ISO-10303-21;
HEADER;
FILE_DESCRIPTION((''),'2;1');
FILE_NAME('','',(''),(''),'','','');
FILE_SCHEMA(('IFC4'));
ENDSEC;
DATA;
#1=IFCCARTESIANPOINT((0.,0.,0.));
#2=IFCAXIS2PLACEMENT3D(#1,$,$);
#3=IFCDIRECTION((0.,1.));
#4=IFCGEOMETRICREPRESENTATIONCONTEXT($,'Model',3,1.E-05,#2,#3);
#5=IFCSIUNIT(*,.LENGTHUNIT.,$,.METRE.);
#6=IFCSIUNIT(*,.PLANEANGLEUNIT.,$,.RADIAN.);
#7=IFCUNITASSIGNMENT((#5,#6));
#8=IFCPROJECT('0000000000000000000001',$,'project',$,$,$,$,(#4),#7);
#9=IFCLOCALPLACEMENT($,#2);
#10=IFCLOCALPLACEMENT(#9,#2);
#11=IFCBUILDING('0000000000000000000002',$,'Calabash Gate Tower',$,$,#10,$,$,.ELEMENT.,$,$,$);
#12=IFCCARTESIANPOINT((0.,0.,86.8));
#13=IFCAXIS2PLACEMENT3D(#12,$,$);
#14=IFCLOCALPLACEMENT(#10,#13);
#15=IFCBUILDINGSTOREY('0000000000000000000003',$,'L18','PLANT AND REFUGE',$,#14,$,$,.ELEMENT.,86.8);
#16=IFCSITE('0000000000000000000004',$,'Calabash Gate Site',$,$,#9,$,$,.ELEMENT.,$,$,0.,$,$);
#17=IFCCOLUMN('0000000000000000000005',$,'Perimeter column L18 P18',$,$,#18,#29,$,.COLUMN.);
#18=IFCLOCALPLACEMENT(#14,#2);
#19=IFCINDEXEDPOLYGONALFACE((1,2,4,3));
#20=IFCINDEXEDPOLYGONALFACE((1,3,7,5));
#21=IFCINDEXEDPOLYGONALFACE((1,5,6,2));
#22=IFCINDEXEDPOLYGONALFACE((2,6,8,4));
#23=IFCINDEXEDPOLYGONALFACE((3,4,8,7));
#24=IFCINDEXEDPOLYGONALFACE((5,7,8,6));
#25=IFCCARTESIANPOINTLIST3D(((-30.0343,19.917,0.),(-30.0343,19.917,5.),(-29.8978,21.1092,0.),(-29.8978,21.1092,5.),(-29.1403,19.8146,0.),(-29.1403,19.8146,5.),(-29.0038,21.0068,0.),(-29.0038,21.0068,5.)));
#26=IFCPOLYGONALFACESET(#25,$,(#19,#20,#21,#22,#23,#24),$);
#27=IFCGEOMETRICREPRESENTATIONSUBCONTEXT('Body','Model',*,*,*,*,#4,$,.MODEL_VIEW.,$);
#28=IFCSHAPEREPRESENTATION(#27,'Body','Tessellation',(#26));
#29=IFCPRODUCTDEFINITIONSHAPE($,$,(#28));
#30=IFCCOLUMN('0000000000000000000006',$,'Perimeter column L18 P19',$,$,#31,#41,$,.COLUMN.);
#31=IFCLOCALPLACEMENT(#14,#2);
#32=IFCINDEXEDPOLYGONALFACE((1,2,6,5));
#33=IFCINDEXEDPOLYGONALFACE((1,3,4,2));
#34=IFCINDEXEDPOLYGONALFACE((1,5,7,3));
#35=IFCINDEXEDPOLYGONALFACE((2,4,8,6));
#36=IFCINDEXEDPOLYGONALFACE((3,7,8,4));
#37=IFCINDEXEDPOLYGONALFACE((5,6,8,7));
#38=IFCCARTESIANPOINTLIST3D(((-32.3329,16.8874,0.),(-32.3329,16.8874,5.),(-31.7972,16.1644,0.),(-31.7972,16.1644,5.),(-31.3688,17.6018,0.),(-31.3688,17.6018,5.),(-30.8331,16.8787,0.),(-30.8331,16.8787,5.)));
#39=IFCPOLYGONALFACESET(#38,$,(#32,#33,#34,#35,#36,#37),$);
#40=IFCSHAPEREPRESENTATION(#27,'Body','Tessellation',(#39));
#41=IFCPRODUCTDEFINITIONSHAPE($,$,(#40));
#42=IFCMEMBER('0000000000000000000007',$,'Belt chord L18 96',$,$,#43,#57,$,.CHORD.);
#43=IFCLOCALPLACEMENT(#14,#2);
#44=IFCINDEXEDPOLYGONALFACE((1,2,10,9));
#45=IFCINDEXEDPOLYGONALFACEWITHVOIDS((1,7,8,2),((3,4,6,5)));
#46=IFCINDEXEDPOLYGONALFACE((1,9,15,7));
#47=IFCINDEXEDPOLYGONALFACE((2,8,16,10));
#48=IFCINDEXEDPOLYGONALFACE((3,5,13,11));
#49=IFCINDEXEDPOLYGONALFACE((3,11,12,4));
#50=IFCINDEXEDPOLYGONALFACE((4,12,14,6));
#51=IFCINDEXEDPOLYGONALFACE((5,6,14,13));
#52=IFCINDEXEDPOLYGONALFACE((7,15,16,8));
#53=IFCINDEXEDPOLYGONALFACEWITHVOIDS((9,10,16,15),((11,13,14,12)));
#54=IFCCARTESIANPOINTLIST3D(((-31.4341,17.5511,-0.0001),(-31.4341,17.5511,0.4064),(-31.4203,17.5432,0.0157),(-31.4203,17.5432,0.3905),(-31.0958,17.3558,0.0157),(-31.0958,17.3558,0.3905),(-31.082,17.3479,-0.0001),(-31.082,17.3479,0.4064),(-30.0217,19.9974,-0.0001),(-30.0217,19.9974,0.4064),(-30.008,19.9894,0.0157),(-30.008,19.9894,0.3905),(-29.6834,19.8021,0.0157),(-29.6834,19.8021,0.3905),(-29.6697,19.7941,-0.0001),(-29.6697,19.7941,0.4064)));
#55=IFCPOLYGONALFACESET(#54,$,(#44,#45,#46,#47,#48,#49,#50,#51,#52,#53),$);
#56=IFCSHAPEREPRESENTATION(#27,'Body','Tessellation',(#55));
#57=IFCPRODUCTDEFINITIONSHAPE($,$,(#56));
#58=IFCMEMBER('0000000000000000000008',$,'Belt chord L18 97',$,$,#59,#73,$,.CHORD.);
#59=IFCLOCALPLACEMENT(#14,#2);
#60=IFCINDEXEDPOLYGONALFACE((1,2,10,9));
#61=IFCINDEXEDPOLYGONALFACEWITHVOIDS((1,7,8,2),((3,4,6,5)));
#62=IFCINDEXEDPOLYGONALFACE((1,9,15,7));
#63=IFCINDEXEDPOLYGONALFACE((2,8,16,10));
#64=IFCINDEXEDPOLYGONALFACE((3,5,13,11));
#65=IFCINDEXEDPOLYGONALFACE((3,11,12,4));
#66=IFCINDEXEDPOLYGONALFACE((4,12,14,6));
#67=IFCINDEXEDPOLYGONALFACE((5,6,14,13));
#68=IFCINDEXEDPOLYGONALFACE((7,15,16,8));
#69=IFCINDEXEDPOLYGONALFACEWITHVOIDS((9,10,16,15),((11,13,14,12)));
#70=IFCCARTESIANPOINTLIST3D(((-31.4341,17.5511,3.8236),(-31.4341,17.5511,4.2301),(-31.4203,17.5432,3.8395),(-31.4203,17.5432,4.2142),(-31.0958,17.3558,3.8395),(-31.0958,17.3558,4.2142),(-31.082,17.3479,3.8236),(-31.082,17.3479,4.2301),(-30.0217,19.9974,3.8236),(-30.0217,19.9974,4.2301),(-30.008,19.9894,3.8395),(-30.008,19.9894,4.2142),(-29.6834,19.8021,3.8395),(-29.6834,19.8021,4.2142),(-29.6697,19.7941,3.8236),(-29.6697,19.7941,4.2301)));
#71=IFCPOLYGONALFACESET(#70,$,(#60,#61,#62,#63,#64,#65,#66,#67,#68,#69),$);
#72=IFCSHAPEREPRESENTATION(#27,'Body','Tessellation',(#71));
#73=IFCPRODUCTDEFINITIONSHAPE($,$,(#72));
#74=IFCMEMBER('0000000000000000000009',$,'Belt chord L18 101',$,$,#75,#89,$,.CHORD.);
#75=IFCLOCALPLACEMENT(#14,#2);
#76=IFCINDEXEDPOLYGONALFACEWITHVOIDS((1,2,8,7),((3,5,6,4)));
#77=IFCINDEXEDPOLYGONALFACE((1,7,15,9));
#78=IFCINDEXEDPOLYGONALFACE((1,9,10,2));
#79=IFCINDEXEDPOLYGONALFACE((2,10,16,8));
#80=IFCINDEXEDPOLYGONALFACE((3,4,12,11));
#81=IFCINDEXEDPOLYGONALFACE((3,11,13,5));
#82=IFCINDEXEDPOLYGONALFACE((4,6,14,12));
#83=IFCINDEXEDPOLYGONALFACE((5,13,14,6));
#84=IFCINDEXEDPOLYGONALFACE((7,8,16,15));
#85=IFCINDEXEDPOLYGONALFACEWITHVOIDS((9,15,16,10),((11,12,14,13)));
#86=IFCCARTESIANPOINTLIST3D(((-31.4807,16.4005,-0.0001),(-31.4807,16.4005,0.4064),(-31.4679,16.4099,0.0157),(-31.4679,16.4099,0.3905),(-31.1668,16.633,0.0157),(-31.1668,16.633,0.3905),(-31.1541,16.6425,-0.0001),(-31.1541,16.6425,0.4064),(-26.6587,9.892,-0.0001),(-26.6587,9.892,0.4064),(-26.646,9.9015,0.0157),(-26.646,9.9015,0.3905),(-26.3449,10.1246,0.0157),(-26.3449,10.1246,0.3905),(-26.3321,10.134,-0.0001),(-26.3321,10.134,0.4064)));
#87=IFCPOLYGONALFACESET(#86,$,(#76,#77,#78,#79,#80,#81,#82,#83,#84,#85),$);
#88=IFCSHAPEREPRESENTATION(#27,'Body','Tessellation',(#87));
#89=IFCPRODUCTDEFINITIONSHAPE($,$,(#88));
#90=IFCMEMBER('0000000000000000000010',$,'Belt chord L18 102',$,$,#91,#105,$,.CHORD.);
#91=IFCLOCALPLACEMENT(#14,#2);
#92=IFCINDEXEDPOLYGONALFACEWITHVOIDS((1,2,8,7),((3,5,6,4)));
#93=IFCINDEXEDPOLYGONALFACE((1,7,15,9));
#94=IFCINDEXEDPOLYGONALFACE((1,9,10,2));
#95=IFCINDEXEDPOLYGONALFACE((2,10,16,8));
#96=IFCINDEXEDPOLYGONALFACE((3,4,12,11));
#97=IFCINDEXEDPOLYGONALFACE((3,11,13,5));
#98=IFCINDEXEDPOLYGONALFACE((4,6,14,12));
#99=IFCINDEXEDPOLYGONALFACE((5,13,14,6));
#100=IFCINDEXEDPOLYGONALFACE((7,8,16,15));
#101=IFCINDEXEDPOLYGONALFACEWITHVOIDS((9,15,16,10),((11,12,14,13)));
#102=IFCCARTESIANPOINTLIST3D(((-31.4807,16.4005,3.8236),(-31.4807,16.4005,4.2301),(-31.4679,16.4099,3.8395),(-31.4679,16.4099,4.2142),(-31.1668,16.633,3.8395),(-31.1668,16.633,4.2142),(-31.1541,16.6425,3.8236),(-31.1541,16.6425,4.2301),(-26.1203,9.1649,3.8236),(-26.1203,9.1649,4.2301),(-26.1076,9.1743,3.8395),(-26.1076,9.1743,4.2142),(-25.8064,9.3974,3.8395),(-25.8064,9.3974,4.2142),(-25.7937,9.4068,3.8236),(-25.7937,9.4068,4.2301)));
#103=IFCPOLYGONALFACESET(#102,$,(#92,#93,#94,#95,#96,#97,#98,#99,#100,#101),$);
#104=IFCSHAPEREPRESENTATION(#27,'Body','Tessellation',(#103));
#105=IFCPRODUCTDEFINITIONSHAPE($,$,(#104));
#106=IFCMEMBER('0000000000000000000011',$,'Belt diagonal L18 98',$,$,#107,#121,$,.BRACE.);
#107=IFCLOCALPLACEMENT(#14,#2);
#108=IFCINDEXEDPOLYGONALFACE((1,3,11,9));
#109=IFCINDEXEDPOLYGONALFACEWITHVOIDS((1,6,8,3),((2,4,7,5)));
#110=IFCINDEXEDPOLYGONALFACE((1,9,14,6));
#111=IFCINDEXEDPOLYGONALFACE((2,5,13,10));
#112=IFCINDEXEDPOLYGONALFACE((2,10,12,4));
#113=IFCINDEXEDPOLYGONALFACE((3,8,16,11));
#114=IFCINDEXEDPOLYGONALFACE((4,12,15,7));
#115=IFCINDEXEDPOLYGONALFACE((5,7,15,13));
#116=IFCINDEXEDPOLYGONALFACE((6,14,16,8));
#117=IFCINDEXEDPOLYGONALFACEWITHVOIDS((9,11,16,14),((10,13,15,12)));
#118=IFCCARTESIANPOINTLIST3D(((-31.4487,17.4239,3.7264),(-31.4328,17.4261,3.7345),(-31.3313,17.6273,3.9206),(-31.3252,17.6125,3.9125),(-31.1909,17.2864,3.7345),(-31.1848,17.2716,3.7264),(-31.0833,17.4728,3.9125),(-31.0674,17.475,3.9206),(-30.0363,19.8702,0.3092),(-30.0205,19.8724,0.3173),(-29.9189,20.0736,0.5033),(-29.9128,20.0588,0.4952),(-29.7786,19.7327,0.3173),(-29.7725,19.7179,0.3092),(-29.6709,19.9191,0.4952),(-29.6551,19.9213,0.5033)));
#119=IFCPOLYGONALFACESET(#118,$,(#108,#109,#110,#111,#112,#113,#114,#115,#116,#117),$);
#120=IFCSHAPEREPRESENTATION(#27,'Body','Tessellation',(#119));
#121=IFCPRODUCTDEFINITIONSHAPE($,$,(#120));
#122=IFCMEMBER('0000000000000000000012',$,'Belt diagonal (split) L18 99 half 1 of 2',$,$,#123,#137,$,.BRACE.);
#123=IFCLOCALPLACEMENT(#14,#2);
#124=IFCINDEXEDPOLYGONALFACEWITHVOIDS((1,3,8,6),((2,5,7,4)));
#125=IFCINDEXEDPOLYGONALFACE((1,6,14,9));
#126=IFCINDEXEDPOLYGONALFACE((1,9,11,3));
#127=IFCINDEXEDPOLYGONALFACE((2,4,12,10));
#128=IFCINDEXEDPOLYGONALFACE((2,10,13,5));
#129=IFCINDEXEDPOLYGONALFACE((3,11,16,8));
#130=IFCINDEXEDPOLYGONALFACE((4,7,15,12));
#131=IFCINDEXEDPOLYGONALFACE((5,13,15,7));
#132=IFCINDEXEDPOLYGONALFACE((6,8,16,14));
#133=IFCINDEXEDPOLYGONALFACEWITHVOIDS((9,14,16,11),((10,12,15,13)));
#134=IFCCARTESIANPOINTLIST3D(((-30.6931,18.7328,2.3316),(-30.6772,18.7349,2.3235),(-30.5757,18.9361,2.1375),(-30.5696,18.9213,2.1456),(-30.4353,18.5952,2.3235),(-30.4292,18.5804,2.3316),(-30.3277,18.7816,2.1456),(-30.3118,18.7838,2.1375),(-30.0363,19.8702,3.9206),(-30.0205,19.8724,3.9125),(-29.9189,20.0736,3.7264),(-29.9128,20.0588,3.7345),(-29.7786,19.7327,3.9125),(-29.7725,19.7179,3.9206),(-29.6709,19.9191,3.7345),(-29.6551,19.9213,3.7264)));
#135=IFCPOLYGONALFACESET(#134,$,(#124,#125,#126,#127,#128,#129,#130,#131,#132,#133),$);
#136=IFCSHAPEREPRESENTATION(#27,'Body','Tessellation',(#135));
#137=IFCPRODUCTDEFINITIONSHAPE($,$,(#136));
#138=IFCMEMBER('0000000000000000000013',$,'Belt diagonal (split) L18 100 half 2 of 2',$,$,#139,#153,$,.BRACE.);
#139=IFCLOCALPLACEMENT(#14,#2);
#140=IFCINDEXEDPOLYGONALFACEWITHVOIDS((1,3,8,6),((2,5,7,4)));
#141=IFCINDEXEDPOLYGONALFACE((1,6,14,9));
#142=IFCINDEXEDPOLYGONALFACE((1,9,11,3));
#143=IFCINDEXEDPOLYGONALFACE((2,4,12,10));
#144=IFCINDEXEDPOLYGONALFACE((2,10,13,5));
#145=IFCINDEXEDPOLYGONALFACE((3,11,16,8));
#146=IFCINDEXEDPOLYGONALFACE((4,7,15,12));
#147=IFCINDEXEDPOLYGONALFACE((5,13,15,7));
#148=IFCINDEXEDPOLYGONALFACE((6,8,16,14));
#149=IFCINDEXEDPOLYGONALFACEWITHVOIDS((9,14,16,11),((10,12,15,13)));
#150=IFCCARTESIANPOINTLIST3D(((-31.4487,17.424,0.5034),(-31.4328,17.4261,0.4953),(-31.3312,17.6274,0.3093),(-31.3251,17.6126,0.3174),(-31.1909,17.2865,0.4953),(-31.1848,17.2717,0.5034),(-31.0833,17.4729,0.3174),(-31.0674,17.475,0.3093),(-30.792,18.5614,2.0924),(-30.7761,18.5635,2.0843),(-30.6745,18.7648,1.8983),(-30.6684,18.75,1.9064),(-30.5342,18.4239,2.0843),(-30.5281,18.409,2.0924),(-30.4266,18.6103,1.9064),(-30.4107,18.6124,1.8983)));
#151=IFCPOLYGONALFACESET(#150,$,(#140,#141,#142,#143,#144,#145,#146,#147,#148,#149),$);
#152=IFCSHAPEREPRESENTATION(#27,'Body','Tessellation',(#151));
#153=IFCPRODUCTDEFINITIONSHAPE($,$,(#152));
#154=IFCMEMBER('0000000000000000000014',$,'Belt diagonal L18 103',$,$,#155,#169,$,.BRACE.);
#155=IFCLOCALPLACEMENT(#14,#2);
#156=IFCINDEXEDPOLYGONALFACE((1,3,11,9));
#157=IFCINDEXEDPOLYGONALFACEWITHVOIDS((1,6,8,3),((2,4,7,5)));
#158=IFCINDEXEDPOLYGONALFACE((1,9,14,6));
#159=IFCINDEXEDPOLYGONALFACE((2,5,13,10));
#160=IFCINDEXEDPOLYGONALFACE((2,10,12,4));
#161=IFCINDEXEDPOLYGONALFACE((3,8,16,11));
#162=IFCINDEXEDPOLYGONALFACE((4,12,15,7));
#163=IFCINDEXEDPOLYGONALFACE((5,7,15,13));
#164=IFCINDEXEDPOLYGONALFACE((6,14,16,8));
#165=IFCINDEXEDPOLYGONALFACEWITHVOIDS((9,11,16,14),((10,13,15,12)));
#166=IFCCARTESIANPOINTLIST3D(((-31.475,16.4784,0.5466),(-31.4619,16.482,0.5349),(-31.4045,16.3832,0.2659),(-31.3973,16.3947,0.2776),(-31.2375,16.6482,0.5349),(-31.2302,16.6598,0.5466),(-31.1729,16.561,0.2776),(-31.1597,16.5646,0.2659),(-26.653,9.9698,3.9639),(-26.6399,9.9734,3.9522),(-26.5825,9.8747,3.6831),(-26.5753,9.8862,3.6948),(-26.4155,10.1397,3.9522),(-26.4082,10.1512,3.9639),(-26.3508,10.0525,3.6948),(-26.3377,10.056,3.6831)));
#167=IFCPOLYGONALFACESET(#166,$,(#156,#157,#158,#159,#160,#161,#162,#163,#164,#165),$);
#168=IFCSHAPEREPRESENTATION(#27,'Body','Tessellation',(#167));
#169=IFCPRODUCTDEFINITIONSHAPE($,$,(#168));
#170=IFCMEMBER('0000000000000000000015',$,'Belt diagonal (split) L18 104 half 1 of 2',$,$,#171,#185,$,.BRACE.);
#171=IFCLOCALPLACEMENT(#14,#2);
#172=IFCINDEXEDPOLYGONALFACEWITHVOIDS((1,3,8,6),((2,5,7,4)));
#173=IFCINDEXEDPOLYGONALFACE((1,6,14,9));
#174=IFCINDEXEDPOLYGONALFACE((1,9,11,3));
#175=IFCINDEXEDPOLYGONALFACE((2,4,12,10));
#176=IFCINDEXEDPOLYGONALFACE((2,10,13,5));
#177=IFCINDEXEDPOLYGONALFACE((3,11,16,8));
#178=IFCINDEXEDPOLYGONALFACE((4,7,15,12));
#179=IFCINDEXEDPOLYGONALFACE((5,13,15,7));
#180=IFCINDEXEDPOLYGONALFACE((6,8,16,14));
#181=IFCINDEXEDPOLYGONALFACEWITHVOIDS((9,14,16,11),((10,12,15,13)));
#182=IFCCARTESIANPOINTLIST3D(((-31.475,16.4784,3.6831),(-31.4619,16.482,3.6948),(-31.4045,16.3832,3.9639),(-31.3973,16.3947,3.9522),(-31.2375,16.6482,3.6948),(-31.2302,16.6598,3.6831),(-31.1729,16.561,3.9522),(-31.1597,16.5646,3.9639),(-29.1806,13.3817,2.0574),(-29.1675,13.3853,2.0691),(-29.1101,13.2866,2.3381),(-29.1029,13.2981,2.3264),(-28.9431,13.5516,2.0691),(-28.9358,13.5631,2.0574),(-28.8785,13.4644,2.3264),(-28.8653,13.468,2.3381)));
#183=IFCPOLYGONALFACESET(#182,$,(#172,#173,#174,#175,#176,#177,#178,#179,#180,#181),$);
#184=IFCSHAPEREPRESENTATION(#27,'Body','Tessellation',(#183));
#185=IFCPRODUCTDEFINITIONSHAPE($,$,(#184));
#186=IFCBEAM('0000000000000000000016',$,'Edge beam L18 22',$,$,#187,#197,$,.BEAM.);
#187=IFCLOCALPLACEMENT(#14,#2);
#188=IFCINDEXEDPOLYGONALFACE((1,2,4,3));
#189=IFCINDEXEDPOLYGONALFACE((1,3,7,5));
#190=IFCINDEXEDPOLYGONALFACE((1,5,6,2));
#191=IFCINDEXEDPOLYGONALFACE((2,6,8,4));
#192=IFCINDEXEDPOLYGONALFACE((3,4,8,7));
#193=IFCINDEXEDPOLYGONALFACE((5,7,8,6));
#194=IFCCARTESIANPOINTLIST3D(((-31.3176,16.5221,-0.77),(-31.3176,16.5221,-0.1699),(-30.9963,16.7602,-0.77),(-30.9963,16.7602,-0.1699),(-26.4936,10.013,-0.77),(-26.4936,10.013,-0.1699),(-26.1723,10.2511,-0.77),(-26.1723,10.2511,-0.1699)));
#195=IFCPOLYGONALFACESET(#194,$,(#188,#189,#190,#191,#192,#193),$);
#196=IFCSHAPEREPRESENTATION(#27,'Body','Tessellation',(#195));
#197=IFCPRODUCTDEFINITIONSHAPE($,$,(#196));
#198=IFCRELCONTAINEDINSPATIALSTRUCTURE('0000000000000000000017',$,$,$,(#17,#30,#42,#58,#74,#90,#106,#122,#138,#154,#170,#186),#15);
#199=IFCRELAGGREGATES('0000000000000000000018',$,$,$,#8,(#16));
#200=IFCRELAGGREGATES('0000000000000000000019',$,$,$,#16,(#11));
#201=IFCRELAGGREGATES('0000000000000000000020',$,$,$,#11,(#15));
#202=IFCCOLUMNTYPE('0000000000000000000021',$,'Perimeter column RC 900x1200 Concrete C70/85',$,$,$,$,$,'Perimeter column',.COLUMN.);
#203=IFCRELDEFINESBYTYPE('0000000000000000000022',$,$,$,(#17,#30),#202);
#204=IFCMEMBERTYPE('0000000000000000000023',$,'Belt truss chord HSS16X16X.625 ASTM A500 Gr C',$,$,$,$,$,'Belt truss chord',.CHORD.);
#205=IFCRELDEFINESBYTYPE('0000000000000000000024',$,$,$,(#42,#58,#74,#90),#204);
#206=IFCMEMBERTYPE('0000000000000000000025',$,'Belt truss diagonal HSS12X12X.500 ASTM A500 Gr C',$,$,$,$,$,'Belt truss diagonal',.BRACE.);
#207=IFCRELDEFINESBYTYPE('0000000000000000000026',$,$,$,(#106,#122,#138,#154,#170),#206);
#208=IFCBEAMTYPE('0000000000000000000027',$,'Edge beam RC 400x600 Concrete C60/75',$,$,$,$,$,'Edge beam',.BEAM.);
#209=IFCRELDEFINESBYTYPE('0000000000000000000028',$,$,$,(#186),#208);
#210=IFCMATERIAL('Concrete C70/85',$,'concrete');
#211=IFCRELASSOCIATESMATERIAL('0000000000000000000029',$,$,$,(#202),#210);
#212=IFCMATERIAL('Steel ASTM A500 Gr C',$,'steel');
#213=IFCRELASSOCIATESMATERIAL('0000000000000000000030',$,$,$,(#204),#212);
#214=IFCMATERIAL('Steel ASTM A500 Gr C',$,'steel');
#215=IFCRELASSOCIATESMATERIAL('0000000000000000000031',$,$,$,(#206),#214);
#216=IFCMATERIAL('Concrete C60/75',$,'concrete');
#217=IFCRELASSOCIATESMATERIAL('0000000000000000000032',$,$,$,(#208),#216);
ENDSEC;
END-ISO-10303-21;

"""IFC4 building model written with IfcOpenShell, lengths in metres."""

from ifc_helpers import new_model, si_unit, direction, frame, origin, origin_2d, place, context, subcontext, project, spatial, rectangle, hollow_rectangle, extrude, material, material_profile, profile_set, type_object, element, save


model = new_model("IFC4")

# Units and contexts
model_context = context("Model", 3, precision=1e-05, world=origin(), true_north=direction((0.0, 1.0)))
body_context = subcontext(model_context, "Body", "Model", "MODEL_VIEW")
ifc_project = project(units=[si_unit("LENGTHUNIT", "METRE"), si_unit("PLANEANGLEUNIT", "RADIAN")], contexts=[model_context])

# Site, building, storey
site_placement = place(None, origin())
site = spatial("IfcSite", under=ifc_project, at=site_placement, Name="Calabash Gate Site", CompositionType="ELEMENT", RefElevation=0.0)
building_placement = place(site_placement, origin())
building = spatial("IfcBuilding", under=site, at=building_placement, Name="Calabash Gate Tower", CompositionType="ELEMENT")
storey_placement = place(building_placement, frame((0.0, 0.0, 86.8)))
storey = spatial("IfcBuildingStorey", under=building, at=storey_placement, Name="L18", Description="PLANT AND REFUGE", CompositionType="ELEMENT", Elevation=86.8)

# Columns
ifc_material_1 = material(Name="Concrete C70/85", Category="concrete")
ifc_material_profile_1 = material_profile(ifc_material_1, rectangle(XDim=0.8999, YDim=1.2, at=origin_2d()))
ifc_profile_set_1 = profile_set([ifc_material_profile_1], Name="Concrete C70/85")
column_type = type_object("IfcColumnType", Name="Perimeter column RC 900x1200 Concrete C70/85", ElementType="Perimeter column", PredefinedType="COLUMN", material=ifc_profile_set_1)
for number, where, z_axis, x_axis, name in (
    (1, (-29.519, 20.4619, 0.0), (0.0, 0.0, 1.0), (-0.993506, 0.113777, 0.0), "Perimeter column L18 P18"),
    (2, (-31.583, 16.8831, 0.0), (0.0, 0.0, 1.0), (0.595287, -0.803513, 0.0), "Perimeter column L18 P19"),
):
    element("IfcColumn", number, at=place(storey_placement, frame(where, z_axis=z_axis, x_axis=x_axis)), inside=storey, type_object=column_type, Name=name, PredefinedType="COLUMN", context=body_context, shape_type="SweptSolid", body=[
        extrude(rectangle(XDim=0.8999, YDim=1.2, at=origin_2d()), origin(), (0.0, 0.0, 1.0), 5.0),
    ])

# Members
ifc_material_2 = material(Name="Steel ASTM A500 Gr C", Category="steel")
ifc_material_profile_2 = material_profile(ifc_material_2, hollow_rectangle(XDim=0.4065, YDim=0.4065, WallThickness=0.0159, at=origin_2d()))
ifc_profile_set_2 = profile_set([ifc_material_profile_2], Name="Steel ASTM A500 Gr C")
member_type_1 = type_object("IfcMemberType", Name="Belt truss chord HSS16X16X.625 ASTM A500 Gr C", ElementType="Belt truss chord", PredefinedType="CHORD", material=ifc_profile_set_2)
for number, where, z_axis, x_axis, name in (
    (3, (-29.8457, 19.8958, 0.2031), (-0.499997, -0.866027, 0.0), (0.866027, -0.499997, 0.0), "Belt chord L18 96"),
    (4, (-29.8457, 19.8958, 4.0269), (-0.499997, -0.866027, 0.0), (0.866027, -0.499997, 0.0), "Belt chord L18 97"),
):
    element("IfcMember", number, at=place(storey_placement, frame(where, z_axis=z_axis, x_axis=x_axis)), inside=storey, type_object=member_type_1, Name=name, PredefinedType="CHORD", context=body_context, shape_type="SweptSolid", body=[
        extrude(hollow_rectangle(XDim=0.4065, YDim=0.4065, WallThickness=0.0159, at=origin_2d()), origin(), (0.0, 0.0, 1.0), 2.8247),
    ])
member_1_placement = place(storey_placement, frame((-31.3174, 16.5215, 0.2031), z_axis=(0.595297, -0.803505, 0.0), x_axis=(0.803505, 0.595297, 0.0)))
element("IfcMember", 5, at=member_1_placement, inside=storey, type_object=member_type_1, Name="Belt chord L18 101", PredefinedType="CHORD", context=body_context, shape_type="SweptSolid", body=[
    extrude(hollow_rectangle(XDim=0.4065, YDim=0.4065, WallThickness=0.0159, at=origin_2d()), origin(), (0.0, 0.0, 1.0), 8.1001),
])
member_2_placement = place(storey_placement, frame((-31.3174, 16.5215, 4.0269), z_axis=(0.595274, -0.803523, 0.0), x_axis=(0.803523, 0.595274, 0.0)))
element("IfcMember", 6, at=member_2_placement, inside=storey, type_object=member_type_1, Name="Belt chord L18 102", PredefinedType="CHORD", context=body_context, shape_type="SweptSolid", body=[
    extrude(hollow_rectangle(XDim=0.4065, YDim=0.4065, WallThickness=0.0159, at=origin_2d()), origin(), (0.0, 0.0, 1.0), 9.0049),
])
ifc_material_3 = material(Name="Steel ASTM A500 Gr C", Category="steel")
ifc_material_profile_3 = material_profile(ifc_material_3, hollow_rectangle(XDim=0.3047, YDim=0.3047, WallThickness=0.0127, at=origin_2d()))
ifc_profile_set_3 = profile_set([ifc_material_profile_3], Name="Steel ASTM A500 Gr C")
member_type_2 = type_object("IfcMemberType", Name="Belt truss diagonal HSS12X12X.500 ASTM A500 Gr C", ElementType="Belt truss diagonal", PredefinedType="BRACE", material=ifc_profile_set_3)
member_3_placement = place(storey_placement, frame((-29.8457, 19.8958, 0.4062), z_axis=(-0.318559, -0.551765, 0.770763), x_axis=(0.866027, -0.499997, 0.0)))
element("IfcMember", 7, at=member_3_placement, inside=storey, type_object=member_type_2, Name="Belt diagonal L18 98", PredefinedType="BRACE", context=body_context, shape_type="SweptSolid", body=[
    extrude(hollow_rectangle(XDim=0.3047, YDim=0.3047, WallThickness=0.0127, at=origin_2d()), origin(), (0.0, 0.0, 1.0), 4.4336),
])
for number, where, z_axis, x_axis, name in (
    (8, (-29.8457, 19.8958, 3.8235), (-0.31858, -0.551771, -0.77075), (0.866015, -0.500017, 0.0), "Belt diagonal (split) L18 99 half 1 of 2"),
    (9, (-30.6013, 18.5869, 1.9954), (-0.318551, -0.551721, -0.770798), (0.866015, -0.500017, 0.0), "Belt diagonal (split) L18 100 half 2 of 2"),
):
    element("IfcMember", number, at=place(storey_placement, frame(where, z_axis=z_axis, x_axis=x_axis)), inside=storey, type_object=member_type_2, Name=name, PredefinedType="BRACE", context=body_context, shape_type="SweptSolid", body=[
        extrude(hollow_rectangle(XDim=0.3047, YDim=0.3047, WallThickness=0.0127, at=origin_2d()), origin(), (0.0, 0.0, 1.0), 2.0615),
    ])
member_4_placement = place(storey_placement, frame((-31.3174, 16.5215, 0.4062), z_axis=(0.548486, -0.740322, 0.388698), x_axis=(0.803505, 0.595297, 0.0)))
element("IfcMember", 10, at=member_4_placement, inside=storey, type_object=member_type_2, Name="Belt diagonal L18 103", PredefinedType="BRACE", context=body_context, shape_type="SweptSolid", body=[
    extrude(hollow_rectangle(XDim=0.3047, YDim=0.3047, WallThickness=0.0127, at=origin_2d()), origin(), (0.0, 0.0, 1.0), 8.7915),
])
member_5_placement = place(storey_placement, frame((-31.3174, 16.5215, 3.8235), z_axis=(0.548524, -0.740315, -0.388659), x_axis=(0.803483, 0.595328, 0.0)))
element("IfcMember", 11, at=member_5_placement, inside=storey, type_object=member_type_2, Name="Belt diagonal (split) L18 104 half 1 of 2", PredefinedType="BRACE", context=body_context, shape_type="SweptSolid", body=[
    extrude(hollow_rectangle(XDim=0.3047, YDim=0.3047, WallThickness=0.0127, at=origin_2d()), origin(), (0.0, 0.0, 1.0), 4.1829),
])

# Beam
ifc_material_4 = material(Name="Concrete C60/75", Category="concrete")
ifc_material_profile_4 = material_profile(ifc_material_4, rectangle(XDim=0.3999, YDim=0.6001, at=origin_2d()))
ifc_profile_set_4 = profile_set([ifc_material_profile_4], Name="Concrete C60/75")
beam_type_1 = type_object("IfcBeamType", Name="Edge beam RC 400x600 Concrete C60/75", ElementType="Edge beam", PredefinedType="BEAM", material=ifc_profile_set_4)
beam_1_placement = place(storey_placement, frame((-31.157, 16.6411, -0.47), z_axis=(0.595424, -0.803411, 0.0), x_axis=(0.803411, 0.595424, 0.0)))
element("IfcBeam", 12, at=beam_1_placement, inside=storey, type_object=beam_type_1, Name="Edge beam L18 22", PredefinedType="BEAM", context=body_context, shape_type="SweptSolid", body=[
    extrude(rectangle(XDim=0.3999, YDim=0.6001, at=origin_2d()), origin(), (0.0, 0.0, 1.0), 8.1018),
])

save(model, "model.ifc")
